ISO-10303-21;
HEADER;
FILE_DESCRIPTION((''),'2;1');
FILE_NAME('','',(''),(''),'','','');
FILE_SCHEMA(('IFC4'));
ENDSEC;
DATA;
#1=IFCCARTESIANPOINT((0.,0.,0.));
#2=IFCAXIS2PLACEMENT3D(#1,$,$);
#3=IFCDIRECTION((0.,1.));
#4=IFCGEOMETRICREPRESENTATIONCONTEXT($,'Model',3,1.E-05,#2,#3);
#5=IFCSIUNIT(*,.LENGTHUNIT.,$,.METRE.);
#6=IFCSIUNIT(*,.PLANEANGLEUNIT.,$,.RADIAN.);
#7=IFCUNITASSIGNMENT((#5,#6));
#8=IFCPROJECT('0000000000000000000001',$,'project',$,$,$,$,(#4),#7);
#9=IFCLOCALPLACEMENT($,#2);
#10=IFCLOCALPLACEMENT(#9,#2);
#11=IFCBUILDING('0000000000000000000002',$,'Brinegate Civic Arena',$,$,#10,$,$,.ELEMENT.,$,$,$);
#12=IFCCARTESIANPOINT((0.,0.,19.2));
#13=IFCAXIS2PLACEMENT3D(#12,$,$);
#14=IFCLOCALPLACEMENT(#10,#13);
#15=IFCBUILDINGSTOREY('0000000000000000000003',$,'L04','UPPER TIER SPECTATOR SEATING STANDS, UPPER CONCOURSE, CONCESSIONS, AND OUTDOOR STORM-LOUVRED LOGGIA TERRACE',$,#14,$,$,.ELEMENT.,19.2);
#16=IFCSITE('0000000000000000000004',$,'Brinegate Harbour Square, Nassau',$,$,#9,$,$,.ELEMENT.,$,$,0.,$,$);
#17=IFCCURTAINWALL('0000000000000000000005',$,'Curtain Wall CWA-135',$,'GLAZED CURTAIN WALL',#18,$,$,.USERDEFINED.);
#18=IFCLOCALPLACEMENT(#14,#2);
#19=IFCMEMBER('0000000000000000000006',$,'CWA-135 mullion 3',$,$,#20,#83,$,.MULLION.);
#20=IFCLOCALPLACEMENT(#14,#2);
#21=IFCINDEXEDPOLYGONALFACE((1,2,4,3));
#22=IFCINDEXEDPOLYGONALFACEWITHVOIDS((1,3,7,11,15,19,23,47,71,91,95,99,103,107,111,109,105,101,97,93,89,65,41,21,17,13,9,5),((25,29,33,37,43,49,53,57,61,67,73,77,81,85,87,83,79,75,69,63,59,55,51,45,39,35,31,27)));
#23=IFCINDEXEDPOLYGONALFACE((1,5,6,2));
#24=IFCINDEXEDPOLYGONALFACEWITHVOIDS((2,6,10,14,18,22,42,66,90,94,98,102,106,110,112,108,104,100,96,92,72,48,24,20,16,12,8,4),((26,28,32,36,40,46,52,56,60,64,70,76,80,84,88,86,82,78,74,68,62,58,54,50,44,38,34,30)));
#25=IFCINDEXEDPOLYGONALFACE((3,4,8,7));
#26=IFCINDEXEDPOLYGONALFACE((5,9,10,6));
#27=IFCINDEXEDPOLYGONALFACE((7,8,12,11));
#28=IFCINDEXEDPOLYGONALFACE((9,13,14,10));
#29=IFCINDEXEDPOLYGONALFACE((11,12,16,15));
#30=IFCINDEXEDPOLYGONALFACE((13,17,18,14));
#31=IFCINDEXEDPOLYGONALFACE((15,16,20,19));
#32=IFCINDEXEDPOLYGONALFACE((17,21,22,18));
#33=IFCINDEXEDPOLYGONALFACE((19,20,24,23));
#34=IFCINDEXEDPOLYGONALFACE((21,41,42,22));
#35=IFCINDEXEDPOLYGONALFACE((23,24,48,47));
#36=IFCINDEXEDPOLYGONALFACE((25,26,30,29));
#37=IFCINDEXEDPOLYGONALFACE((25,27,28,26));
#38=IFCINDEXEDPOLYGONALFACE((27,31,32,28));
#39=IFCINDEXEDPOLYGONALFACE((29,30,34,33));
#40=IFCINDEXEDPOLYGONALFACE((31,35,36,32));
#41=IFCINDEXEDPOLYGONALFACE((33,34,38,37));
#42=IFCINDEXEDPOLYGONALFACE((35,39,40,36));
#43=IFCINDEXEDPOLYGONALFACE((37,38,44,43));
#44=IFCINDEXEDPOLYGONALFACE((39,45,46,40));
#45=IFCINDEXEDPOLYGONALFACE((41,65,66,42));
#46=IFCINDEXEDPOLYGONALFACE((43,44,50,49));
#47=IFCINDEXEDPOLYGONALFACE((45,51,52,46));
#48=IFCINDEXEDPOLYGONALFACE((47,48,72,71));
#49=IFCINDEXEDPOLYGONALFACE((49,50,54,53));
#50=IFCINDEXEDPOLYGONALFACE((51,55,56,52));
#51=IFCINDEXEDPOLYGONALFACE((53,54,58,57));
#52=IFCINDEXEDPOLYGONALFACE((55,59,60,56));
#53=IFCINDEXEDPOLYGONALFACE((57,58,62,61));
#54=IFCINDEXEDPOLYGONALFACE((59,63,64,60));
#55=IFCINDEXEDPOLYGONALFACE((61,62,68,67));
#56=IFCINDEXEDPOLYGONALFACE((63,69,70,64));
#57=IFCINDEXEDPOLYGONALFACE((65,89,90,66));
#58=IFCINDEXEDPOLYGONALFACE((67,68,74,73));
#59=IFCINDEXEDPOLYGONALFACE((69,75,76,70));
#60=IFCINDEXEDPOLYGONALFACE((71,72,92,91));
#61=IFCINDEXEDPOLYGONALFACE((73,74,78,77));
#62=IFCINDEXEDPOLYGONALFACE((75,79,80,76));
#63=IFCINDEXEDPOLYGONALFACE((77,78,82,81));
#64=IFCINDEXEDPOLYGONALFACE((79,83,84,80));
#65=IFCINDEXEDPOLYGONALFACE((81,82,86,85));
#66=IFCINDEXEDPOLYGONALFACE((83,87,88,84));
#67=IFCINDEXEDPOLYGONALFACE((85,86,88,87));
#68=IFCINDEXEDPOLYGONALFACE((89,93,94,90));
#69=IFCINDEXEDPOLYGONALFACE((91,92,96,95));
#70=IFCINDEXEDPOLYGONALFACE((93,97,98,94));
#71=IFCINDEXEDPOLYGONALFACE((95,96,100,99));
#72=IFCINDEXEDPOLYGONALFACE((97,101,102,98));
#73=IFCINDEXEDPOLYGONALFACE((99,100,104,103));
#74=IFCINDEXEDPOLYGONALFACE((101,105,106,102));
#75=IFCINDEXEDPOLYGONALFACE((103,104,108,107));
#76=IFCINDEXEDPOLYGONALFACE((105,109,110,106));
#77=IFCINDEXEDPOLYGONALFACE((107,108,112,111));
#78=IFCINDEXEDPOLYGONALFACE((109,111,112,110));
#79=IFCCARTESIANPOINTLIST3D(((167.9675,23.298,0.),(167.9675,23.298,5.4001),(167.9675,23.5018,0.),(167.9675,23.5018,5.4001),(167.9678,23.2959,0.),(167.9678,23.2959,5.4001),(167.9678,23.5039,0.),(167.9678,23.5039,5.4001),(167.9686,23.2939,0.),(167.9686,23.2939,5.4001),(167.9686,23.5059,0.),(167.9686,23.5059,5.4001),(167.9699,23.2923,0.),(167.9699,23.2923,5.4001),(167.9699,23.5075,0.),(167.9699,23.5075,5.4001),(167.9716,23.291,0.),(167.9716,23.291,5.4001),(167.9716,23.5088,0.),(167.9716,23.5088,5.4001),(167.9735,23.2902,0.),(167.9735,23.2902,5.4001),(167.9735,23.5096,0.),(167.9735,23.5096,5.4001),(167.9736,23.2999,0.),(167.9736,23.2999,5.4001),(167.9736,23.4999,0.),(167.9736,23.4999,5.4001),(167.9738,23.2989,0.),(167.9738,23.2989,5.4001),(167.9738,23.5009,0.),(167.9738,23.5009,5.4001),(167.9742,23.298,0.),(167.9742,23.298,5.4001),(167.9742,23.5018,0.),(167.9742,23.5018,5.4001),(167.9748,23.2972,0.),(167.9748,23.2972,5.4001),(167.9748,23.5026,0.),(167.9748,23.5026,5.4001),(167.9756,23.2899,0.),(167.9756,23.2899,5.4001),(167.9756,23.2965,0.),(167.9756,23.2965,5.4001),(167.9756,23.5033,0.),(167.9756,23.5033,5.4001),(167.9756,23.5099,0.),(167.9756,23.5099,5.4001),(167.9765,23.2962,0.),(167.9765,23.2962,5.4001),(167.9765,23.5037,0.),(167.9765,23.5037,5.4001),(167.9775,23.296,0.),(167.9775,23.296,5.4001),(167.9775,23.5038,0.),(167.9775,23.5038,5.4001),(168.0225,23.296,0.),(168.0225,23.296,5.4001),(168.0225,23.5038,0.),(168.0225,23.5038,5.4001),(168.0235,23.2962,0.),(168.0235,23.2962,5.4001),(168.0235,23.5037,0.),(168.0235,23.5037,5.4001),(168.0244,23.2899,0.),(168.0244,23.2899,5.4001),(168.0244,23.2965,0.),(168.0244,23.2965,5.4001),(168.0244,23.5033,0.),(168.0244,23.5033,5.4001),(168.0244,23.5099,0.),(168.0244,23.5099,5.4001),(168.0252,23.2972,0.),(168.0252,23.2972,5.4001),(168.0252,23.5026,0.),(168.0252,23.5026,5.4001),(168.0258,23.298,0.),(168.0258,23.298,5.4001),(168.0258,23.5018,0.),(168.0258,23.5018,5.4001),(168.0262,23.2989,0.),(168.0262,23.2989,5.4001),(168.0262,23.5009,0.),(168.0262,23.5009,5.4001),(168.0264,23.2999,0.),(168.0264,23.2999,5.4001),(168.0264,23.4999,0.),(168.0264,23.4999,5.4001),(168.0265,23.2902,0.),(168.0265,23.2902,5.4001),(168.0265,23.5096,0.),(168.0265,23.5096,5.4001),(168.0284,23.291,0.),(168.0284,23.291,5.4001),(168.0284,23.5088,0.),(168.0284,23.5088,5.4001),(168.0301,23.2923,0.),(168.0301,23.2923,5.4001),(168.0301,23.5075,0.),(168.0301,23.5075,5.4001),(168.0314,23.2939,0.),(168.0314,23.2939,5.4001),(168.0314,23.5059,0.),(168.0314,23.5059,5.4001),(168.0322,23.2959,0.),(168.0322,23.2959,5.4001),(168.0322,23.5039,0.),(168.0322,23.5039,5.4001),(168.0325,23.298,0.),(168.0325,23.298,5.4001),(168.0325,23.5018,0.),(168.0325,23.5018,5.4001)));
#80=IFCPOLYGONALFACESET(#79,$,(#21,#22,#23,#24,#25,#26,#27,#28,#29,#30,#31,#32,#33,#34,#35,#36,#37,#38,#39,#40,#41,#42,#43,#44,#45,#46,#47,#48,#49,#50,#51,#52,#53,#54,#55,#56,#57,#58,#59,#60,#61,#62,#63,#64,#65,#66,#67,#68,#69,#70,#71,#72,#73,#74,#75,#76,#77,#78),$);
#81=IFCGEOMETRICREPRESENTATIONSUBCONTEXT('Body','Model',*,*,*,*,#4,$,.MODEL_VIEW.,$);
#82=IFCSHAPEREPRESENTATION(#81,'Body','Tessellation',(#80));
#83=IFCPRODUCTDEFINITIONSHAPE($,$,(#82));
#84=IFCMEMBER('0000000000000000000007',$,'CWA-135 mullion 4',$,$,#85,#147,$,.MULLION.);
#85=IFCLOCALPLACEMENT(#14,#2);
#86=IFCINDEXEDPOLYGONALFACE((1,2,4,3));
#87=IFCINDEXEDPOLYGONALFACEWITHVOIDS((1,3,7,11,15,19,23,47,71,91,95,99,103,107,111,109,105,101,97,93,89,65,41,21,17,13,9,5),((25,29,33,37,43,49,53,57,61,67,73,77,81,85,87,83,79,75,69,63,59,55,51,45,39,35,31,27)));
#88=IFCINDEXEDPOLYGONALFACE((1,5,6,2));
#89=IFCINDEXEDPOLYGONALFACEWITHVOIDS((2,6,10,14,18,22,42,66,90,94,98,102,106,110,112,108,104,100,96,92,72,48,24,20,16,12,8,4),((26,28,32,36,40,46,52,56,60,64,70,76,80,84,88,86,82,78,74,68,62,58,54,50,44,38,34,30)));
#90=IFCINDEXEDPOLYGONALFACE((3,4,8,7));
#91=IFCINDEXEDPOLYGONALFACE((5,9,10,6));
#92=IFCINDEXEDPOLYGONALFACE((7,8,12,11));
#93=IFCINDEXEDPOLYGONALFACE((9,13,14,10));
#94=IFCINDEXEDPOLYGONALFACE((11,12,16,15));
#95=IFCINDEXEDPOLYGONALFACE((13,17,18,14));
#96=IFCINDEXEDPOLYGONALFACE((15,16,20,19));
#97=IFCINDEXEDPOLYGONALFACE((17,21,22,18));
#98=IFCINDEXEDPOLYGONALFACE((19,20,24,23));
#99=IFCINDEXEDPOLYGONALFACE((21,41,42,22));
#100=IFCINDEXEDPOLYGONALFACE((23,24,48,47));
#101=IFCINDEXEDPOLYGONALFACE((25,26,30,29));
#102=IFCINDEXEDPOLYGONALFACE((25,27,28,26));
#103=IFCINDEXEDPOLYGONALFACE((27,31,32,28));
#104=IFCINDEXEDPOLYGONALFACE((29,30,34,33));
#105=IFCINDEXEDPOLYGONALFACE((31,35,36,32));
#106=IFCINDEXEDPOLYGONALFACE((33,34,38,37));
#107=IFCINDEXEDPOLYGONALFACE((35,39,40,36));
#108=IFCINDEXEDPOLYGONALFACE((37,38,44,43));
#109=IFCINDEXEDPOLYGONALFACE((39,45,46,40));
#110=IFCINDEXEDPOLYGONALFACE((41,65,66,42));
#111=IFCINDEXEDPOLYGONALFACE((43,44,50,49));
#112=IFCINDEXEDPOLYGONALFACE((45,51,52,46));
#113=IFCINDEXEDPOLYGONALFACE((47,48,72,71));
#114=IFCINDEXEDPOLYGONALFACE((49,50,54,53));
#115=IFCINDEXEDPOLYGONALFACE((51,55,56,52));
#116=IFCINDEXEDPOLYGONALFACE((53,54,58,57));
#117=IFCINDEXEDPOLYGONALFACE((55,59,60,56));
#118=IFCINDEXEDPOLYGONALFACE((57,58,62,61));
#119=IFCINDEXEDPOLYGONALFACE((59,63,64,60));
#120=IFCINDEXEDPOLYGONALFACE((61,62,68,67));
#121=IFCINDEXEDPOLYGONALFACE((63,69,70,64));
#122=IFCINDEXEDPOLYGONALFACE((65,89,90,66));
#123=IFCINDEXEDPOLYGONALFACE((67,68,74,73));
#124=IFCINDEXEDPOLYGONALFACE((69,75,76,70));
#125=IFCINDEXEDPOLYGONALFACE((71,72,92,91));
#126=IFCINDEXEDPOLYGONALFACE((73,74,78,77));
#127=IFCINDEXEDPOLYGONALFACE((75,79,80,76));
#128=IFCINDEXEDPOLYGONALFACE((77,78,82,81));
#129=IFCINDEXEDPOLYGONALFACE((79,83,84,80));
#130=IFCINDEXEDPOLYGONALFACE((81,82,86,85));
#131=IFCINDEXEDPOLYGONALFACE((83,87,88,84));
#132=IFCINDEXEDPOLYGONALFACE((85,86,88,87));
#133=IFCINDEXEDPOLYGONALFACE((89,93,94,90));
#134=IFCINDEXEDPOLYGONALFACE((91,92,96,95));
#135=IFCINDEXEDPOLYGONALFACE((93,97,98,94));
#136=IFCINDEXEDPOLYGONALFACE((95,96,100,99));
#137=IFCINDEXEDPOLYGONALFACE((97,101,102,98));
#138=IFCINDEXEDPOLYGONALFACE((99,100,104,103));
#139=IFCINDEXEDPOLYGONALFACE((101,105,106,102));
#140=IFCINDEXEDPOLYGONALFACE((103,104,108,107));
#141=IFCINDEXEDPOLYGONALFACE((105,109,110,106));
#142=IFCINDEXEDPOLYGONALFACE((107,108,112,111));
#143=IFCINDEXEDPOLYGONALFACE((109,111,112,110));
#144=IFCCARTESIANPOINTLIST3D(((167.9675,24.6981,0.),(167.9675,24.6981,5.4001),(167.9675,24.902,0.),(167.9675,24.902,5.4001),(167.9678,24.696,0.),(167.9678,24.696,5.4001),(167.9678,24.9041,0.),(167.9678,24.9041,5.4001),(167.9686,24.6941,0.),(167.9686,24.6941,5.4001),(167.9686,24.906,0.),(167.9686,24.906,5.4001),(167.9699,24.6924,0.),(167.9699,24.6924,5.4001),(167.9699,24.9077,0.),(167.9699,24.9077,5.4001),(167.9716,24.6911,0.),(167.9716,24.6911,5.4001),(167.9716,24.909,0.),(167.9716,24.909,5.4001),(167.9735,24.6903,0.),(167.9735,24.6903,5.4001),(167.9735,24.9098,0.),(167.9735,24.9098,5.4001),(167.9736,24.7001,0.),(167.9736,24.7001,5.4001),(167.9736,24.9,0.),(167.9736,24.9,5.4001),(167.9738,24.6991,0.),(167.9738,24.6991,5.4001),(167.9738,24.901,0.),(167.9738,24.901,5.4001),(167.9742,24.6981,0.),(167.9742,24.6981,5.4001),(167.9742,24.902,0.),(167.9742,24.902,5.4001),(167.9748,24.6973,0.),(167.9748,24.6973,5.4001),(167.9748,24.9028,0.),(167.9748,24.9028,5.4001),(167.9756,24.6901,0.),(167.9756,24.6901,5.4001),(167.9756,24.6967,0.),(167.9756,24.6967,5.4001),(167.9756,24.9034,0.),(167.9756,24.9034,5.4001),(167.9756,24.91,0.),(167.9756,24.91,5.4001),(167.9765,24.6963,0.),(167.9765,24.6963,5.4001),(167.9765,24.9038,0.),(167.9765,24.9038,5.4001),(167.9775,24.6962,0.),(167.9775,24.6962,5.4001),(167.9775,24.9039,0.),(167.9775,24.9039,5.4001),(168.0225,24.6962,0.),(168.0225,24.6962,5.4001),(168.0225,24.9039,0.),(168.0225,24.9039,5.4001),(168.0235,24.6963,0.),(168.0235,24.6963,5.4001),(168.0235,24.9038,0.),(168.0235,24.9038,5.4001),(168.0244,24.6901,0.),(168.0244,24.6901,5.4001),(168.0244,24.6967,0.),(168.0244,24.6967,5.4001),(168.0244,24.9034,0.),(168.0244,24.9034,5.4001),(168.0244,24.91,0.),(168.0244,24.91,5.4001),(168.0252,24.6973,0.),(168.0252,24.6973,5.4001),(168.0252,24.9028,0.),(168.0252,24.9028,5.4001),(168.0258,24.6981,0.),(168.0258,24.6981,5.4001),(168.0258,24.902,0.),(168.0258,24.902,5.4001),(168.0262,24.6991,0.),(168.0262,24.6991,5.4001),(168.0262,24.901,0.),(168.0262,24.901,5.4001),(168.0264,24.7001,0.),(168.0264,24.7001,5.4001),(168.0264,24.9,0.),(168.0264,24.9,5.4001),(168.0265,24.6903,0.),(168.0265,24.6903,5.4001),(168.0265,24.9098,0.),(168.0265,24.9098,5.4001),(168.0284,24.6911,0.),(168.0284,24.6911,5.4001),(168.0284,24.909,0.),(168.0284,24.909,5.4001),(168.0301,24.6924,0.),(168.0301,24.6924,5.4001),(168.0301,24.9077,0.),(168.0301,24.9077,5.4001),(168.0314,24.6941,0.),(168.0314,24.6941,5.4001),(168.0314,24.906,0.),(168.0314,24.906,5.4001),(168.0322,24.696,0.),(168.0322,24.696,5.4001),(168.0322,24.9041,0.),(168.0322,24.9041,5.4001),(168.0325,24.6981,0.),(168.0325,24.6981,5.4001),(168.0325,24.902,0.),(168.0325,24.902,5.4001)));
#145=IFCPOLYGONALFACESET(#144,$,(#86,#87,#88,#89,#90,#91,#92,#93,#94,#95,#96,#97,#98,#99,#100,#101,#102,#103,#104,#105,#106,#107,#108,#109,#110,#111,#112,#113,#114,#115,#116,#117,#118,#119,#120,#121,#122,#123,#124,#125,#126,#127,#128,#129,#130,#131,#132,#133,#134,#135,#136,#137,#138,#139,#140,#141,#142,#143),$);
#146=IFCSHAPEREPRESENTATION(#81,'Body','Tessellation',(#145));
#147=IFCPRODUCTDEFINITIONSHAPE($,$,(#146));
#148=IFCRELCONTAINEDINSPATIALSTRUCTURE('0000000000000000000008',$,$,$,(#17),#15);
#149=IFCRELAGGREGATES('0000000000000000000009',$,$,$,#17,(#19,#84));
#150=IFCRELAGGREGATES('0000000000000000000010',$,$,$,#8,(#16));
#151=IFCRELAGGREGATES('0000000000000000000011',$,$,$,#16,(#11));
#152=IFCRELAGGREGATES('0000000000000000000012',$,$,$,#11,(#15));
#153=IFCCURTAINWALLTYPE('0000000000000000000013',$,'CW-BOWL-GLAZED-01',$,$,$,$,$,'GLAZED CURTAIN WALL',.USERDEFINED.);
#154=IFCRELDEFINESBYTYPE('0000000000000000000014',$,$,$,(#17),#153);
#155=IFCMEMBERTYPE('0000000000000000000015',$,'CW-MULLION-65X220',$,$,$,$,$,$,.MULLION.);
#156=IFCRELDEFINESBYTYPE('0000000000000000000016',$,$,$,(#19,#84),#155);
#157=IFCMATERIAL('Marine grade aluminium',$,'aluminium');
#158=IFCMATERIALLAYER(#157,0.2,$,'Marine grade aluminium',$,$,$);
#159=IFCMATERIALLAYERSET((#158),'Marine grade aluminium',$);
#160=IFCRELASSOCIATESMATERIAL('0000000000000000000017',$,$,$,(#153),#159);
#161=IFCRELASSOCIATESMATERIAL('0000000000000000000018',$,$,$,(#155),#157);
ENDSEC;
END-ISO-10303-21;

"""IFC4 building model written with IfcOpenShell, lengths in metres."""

from ifc_helpers import new_model, si_unit, direction, frame, origin, origin_2d, place, context, subcontext, project, spatial, hollow_rectangle, extrude, material, layer, layer_set, material_profile, profile_set, type_object, element, aggregate, save


model = new_model("IFC4")

# Units and contexts
model_context = context("Model", 3, precision=1e-05, world=origin(), true_north=direction((0.0, 1.0)))
body_context = subcontext(model_context, "Body", "Model", "MODEL_VIEW")
ifc_project = project(units=[si_unit("LENGTHUNIT", "METRE"), si_unit("PLANEANGLEUNIT", "RADIAN")], contexts=[model_context])

# Site, building, storey
site_placement = place(None, origin())
site = spatial("IfcSite", under=ifc_project, at=site_placement, Name="Brinegate Harbour Square, Nassau", CompositionType="ELEMENT", RefElevation=0.0)
building_placement = place(site_placement, origin())
building = spatial("IfcBuilding", under=site, at=building_placement, Name="Brinegate Civic Arena", CompositionType="ELEMENT")
storey_placement = place(building_placement, frame((0.0, 0.0, 19.2)))
storey = spatial("IfcBuildingStorey", under=building, at=storey_placement, Name="L04", Description="UPPER TIER SPECTATOR SEATING STANDS, UPPER CONCOURSE, CONCESSIONS, AND OUTDOOR STORM-LOUVRED LOGGIA TERRACE", CompositionType="ELEMENT", Elevation=19.2)

# Curtain wall, members
ifc_material_1 = material(Name="Marine grade aluminium", Category="aluminium")
ifc_layer_1 = layer(ifc_material_1, 0.2, Name="Marine grade aluminium")
ifc_layer_set_1 = layer_set([ifc_layer_1], Name="Marine grade aluminium")
curtain_wall_type = type_object("IfcCurtainWallType", Name="CW-BOWL-GLAZED-01", ElementType="GLAZED CURTAIN WALL", PredefinedType="USERDEFINED", material=ifc_layer_set_1)
curtain_wall_placement = place(storey_placement, origin())
curtain_wall = element("IfcCurtainWall", 1, at=curtain_wall_placement, inside=storey, type_object=curtain_wall_type, Name="Curtain Wall CWA-135", ObjectType="GLAZED CURTAIN WALL", PredefinedType="USERDEFINED")
ifc_material_profile_1 = material_profile(ifc_material_1, hollow_rectangle(XDim=0.0649, YDim=0.22, WallThickness=0.0061, InnerFilletRadius=0.0039, OuterFilletRadius=0.0081, at=origin_2d()), Name="MUL65X220")
ifc_profile_set_1 = profile_set([ifc_material_profile_1], Name="Marine grade aluminium")
member_type_1 = type_object("IfcMemberType", Name="CW-MULLION-65X220", PredefinedType="MULLION", material=ifc_profile_set_1)
member_1_placement = place(storey_placement, frame((168.0, 23.3999, 0.0), z_axis=(0.0, 0.0, 1.0), x_axis=(-1.0, 0.0, 0.0)))
member_1 = element("IfcMember", 2, at=member_1_placement, type_object=member_type_1, Name="CWA-135 mullion 3", PredefinedType="MULLION", context=body_context, shape_type="SweptSolid", body=[
    extrude(hollow_rectangle(XDim=0.0649, YDim=0.22, WallThickness=0.0061, InnerFilletRadius=0.0039, OuterFilletRadius=0.0081, at=origin_2d()), origin(), (0.0, 0.0, 1.0), 5.4001),
])
member_2_placement = place(storey_placement, frame((168.0, 24.8, 0.0), z_axis=(0.0, 0.0, 1.0), x_axis=(-1.0, 0.0, 0.0)))
member_2 = element("IfcMember", 3, at=member_2_placement, type_object=member_type_1, Name="CWA-135 mullion 4", PredefinedType="MULLION", context=body_context, shape_type="SweptSolid", body=[
    extrude(hollow_rectangle(XDim=0.0649, YDim=0.22, WallThickness=0.0061, InnerFilletRadius=0.0039, OuterFilletRadius=0.0081, at=origin_2d()), origin(), (0.0, 0.0, 1.0), 5.4001),
])

aggregate(curtain_wall, [member_1, member_2])

save(model, "model.ifc")
